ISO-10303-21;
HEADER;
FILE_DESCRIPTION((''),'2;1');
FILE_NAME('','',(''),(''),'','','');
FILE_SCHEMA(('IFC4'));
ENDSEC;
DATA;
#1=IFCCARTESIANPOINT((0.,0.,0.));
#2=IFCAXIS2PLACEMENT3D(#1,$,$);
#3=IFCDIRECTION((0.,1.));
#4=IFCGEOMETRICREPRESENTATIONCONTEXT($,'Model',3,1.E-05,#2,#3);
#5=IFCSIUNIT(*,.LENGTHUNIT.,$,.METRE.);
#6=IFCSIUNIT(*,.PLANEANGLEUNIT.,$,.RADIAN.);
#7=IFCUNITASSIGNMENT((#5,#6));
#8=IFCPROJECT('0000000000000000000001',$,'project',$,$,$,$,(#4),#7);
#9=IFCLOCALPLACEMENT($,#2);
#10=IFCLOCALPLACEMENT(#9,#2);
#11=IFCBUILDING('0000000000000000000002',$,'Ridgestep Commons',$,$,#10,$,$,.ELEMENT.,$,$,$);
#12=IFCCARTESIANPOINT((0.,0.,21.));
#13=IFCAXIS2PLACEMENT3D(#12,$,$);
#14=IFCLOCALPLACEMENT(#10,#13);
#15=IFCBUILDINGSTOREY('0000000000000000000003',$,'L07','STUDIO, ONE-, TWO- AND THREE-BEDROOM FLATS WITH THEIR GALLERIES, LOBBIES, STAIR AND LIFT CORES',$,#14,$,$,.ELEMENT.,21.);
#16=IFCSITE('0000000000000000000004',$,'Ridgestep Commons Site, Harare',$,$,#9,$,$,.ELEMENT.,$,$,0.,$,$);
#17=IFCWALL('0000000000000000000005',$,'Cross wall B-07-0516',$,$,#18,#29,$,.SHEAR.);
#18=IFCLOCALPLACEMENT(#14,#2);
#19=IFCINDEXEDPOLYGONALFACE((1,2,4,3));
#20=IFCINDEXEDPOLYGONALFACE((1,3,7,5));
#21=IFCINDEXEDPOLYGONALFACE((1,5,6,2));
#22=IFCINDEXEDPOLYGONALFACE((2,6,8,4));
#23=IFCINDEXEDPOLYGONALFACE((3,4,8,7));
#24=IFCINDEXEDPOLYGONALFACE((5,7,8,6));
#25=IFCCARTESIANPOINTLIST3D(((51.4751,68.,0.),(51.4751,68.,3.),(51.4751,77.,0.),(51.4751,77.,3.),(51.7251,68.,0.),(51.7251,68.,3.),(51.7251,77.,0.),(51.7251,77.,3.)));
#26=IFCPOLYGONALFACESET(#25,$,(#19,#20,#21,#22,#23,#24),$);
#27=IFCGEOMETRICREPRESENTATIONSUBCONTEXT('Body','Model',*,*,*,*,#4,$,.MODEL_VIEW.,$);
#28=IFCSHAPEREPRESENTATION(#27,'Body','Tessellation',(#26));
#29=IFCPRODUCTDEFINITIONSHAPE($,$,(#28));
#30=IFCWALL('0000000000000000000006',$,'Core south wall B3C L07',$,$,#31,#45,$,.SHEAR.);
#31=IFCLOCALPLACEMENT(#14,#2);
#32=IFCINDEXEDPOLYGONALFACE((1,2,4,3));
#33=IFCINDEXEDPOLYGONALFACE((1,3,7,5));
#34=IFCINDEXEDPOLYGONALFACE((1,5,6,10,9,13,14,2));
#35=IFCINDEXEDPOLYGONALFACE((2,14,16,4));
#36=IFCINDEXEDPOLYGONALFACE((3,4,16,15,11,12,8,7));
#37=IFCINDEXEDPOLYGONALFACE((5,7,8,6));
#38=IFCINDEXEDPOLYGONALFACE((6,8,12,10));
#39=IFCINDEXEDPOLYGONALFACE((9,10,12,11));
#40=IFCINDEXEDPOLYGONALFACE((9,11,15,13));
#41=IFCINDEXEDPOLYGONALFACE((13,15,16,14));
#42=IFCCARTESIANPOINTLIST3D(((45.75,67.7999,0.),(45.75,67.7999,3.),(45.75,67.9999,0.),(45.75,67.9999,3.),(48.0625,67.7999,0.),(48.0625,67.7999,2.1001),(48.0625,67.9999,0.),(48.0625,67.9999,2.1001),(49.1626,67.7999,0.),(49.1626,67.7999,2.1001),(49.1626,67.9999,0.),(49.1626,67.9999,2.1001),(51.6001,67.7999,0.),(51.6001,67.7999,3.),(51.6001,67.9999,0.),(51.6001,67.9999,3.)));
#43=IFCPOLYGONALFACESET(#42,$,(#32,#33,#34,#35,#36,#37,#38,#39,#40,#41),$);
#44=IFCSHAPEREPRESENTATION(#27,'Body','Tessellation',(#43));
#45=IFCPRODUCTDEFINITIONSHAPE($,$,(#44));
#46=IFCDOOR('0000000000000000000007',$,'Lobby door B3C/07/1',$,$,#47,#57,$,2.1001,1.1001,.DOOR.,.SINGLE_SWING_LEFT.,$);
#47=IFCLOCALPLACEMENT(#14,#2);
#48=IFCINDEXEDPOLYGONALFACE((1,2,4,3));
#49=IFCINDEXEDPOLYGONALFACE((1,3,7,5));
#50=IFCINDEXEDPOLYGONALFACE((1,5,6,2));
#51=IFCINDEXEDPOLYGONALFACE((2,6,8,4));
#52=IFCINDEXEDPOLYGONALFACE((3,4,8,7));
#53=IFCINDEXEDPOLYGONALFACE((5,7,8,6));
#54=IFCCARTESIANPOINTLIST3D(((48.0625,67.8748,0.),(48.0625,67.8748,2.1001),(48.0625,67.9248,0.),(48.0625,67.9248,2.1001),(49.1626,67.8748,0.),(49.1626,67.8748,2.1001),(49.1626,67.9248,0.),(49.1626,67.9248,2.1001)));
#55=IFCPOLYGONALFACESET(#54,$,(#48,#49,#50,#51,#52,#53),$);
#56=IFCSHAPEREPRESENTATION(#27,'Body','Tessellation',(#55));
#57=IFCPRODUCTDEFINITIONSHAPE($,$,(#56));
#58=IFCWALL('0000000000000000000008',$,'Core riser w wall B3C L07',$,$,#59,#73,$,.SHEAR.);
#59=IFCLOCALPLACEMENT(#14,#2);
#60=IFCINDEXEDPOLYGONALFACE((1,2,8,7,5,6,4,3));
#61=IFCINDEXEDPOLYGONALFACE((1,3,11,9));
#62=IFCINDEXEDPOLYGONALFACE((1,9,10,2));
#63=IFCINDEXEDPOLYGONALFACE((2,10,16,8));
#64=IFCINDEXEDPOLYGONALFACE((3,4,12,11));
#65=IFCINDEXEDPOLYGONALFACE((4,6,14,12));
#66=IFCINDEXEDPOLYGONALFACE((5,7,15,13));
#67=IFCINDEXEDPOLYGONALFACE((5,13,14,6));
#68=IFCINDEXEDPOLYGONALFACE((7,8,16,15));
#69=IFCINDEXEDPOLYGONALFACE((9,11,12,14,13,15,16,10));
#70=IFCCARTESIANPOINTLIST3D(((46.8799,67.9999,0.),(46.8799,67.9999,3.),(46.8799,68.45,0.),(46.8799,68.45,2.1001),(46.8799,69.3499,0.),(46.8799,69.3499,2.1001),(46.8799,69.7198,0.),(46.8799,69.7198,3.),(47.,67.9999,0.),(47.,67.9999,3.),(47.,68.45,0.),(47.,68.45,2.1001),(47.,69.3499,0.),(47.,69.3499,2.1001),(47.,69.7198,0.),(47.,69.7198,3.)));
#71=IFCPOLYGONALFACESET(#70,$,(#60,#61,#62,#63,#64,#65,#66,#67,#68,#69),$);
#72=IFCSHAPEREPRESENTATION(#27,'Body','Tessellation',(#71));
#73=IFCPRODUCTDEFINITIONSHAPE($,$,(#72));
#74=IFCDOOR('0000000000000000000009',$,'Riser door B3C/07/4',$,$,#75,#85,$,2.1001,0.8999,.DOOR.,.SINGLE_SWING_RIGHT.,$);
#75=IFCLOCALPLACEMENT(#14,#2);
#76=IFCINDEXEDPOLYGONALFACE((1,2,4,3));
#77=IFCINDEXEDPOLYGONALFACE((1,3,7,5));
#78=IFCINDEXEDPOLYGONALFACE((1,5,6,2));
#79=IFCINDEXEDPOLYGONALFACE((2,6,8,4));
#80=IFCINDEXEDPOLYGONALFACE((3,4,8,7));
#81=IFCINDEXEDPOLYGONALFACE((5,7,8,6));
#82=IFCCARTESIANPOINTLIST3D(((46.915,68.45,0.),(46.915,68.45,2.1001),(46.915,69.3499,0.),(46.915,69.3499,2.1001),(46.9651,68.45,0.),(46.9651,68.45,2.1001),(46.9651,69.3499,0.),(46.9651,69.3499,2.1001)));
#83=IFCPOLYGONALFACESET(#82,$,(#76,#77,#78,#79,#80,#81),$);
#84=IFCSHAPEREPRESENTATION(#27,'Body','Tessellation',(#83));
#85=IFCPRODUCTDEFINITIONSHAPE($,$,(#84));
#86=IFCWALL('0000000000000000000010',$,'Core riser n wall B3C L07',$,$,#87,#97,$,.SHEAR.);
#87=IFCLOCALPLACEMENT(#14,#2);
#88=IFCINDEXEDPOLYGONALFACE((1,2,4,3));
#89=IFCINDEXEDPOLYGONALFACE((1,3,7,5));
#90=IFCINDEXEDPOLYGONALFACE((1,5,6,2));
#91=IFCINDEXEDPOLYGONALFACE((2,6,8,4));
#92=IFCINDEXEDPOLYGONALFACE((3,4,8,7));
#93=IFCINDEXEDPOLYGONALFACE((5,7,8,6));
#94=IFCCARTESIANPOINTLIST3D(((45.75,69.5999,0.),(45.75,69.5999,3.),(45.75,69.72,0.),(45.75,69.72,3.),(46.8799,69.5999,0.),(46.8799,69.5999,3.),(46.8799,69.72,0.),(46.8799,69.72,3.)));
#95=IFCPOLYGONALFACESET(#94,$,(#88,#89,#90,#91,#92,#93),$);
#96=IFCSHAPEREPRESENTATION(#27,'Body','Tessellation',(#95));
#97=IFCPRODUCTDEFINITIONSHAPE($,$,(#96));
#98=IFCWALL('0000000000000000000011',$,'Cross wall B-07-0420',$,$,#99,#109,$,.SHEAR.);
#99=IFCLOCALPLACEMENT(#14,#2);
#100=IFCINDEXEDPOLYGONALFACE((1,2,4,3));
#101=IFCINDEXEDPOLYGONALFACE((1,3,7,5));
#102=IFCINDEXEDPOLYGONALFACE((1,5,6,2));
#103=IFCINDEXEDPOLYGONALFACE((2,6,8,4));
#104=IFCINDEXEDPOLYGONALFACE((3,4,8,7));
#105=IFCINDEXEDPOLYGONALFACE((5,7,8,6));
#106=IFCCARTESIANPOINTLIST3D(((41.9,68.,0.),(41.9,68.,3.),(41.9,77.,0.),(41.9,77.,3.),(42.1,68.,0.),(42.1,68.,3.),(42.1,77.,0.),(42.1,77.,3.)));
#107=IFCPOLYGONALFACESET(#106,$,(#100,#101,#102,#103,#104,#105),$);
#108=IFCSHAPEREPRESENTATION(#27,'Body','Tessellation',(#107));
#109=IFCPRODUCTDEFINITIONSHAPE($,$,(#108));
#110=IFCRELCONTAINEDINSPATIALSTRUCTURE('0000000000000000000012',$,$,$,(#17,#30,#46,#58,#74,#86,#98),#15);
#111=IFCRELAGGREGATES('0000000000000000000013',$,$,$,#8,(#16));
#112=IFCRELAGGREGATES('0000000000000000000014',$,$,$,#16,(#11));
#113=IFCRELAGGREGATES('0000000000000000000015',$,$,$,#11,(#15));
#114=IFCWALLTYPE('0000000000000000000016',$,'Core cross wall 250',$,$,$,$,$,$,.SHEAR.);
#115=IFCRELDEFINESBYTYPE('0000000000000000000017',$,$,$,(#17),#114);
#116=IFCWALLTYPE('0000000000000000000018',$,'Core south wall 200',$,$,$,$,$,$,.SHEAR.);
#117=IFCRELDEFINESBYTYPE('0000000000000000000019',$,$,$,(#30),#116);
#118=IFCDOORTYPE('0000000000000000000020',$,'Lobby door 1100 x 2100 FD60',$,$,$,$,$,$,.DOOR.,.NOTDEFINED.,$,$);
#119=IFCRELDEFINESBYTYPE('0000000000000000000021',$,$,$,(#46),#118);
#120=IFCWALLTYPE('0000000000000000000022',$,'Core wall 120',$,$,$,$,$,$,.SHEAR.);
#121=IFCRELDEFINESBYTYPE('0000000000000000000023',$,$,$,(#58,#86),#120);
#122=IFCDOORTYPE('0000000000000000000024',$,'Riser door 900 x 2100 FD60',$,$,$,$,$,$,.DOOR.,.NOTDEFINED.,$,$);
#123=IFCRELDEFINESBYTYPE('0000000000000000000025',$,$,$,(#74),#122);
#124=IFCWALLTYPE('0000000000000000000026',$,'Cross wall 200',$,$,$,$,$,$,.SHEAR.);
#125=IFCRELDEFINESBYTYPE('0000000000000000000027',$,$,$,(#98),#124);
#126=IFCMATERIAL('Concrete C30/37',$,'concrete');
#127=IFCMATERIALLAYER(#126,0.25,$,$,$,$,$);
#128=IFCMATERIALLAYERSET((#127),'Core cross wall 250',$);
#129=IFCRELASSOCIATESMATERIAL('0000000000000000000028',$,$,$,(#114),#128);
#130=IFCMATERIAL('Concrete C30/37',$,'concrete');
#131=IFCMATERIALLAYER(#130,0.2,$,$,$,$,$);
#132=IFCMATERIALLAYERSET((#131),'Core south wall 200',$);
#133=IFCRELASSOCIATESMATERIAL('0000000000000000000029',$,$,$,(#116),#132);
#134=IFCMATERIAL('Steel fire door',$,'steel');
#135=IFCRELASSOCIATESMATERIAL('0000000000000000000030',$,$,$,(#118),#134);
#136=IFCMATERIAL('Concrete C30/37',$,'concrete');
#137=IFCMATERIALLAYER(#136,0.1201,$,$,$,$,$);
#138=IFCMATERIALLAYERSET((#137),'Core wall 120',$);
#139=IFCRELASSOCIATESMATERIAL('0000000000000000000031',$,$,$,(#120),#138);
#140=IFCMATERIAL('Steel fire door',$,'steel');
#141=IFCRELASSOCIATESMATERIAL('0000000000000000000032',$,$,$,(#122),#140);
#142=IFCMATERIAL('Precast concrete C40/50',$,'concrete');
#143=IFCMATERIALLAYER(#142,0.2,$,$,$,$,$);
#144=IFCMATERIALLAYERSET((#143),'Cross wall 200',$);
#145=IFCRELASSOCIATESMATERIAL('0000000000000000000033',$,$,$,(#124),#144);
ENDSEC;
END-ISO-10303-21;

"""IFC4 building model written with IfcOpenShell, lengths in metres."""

from ifc_helpers import new_model, si_unit, direction, frame, frame_2d, origin, place, context, subcontext, project, spatial, rectangle, extrude, material, layer, layer_set, type_object, element, fill, save


model = new_model("IFC4")

# Units and contexts
model_context = context("Model", 3, precision=1e-05, world=origin(), true_north=direction((0.0, 1.0)))
body_context = subcontext(model_context, "Body", "Model", "MODEL_VIEW")
ifc_project = project(units=[si_unit("LENGTHUNIT", "METRE"), si_unit("PLANEANGLEUNIT", "RADIAN")], contexts=[model_context])

# Site, building, storey
site_placement = place(None, origin())
site = spatial("IfcSite", under=ifc_project, at=site_placement, Name="Ridgestep Commons Site, Harare", CompositionType="ELEMENT", RefElevation=0.0)
building_placement = place(site_placement, origin())
building = spatial("IfcBuilding", under=site, at=building_placement, Name="Ridgestep Commons", CompositionType="ELEMENT")
storey_placement = place(building_placement, frame((0.0, 0.0, 21.0)))
storey = spatial("IfcBuildingStorey", under=building, at=storey_placement, Name="L07", Description="STUDIO, ONE-, TWO- AND THREE-BEDROOM FLATS WITH THEIR GALLERIES, LOBBIES, STAIR AND LIFT CORES", CompositionType="ELEMENT", Elevation=21.0)

# Wall
ifc_material_1 = material(Name="Concrete C30/37", Category="concrete")
ifc_layer_1 = layer(ifc_material_1, 0.25)
ifc_layer_set_1 = layer_set([ifc_layer_1], Name="Core cross wall 250")
wall_type_1 = type_object("IfcWallType", Name="Core cross wall 250", PredefinedType="SHEAR", material=ifc_layer_set_1)
wall_1_placement = place(storey_placement, frame((51.6001, 68.0, 0.0), z_axis=(0.0, 0.0, 1.0), x_axis=(0.0, 1.0, 0.0)))
element("IfcWall", 1, at=wall_1_placement, inside=storey, type_object=wall_type_1, Name="Cross wall B-07-0516", PredefinedType="SHEAR", context=body_context, shape_type="SweptSolid", body=[
    extrude(rectangle(XDim=9.0, YDim=0.25, at=frame_2d((4.5, 0.0))), origin(), (0.0, 0.0, 1.0), 3.0),
])

# Walls, openings, doors
ifc_material_2 = material(Name="Concrete C30/37", Category="concrete")
ifc_layer_2 = layer(ifc_material_2, 0.2)
ifc_layer_set_2 = layer_set([ifc_layer_2], Name="Core south wall 200")
wall_type_2 = type_object("IfcWallType", Name="Core south wall 200", PredefinedType="SHEAR", material=ifc_layer_set_2)
wall_2_placement = place(storey_placement, frame((45.75, 67.8999, 0.0), z_axis=(0.0, 0.0, 1.0), x_axis=(1.0, 0.0, 0.0)))
wall_2 = element("IfcWall", 2, at=wall_2_placement, inside=storey, type_object=wall_type_2, Name="Core south wall B3C L07", PredefinedType="SHEAR", context=body_context, shape_type="SweptSolid", body=[
    extrude(rectangle(XDim=5.8501, YDim=0.2, at=frame_2d((2.925, 0.0))), origin(), (0.0, 0.0, 1.0), 3.0),
])
opening_1_placement = place(wall_2_placement, frame((2.3125, 0.0, 0.0)))
opening_1 = element("IfcOpeningElement", 3, at=opening_1_placement, cuts=wall_2, PredefinedType="OPENING", context=body_context, shape_type="SweptSolid", body=[
    extrude(rectangle(XDim=1.1001, YDim=2.1001, at=frame_2d((0.55, 1.05))), frame((0.0, 0.1099, 0.0), z_axis=(0.0, -1.0, 0.0), x_axis=(1.0, 0.0, 0.0)), (0.0, 0.0, 1.0), 0.22),
])
ifc_material_3 = material(Name="Steel fire door", Category="steel")
door_type_1 = type_object("IfcDoorType", Name="Lobby door 1100 x 2100 FD60", OperationType="NOTDEFINED", PredefinedType="DOOR", material=ifc_material_3)
door_1_placement = place(opening_1_placement, origin())
door_1 = element("IfcDoor", 4, at=door_1_placement, inside=storey, type_object=door_type_1, Name="Lobby door B3C/07/1", OperationType="SINGLE_SWING_LEFT", OverallHeight=2.1001, OverallWidth=1.1001, PredefinedType="DOOR", context=body_context, shape_type="SweptSolid", body=[
    extrude(rectangle(XDim=1.1001, YDim=2.1001, at=frame_2d((0.55, 1.05))), frame((0.0, 0.0249, 0.0), z_axis=(0.0, -1.0, 0.0), x_axis=(1.0, 0.0, 0.0)), (0.0, 0.0, 1.0), 0.05),
])
fill(opening_1, door_1)
ifc_material_4 = material(Name="Concrete C30/37", Category="concrete")
ifc_layer_3 = layer(ifc_material_4, 0.1201)
ifc_layer_set_3 = layer_set([ifc_layer_3], Name="Core wall 120")
wall_type_3 = type_object("IfcWallType", Name="Core wall 120", PredefinedType="SHEAR", material=ifc_layer_set_3)
wall_3_placement = place(storey_placement, frame((46.9399, 68.0, 0.0), z_axis=(0.0, 0.0, 1.0), x_axis=(0.0, 1.0, 0.0)))
wall_3 = element("IfcWall", 5, at=wall_3_placement, inside=storey, type_object=wall_type_3, Name="Core riser w wall B3C L07", PredefinedType="SHEAR", context=body_context, shape_type="SweptSolid", body=[
    extrude(rectangle(XDim=1.72, YDim=0.1201, at=frame_2d((0.8599, 0.0))), origin(), (0.0, 0.0, 1.0), 3.0),
])
opening_2_placement = place(wall_3_placement, frame((0.45, 0.0, 0.0)))
opening_2 = element("IfcOpeningElement", 6, at=opening_2_placement, cuts=wall_3, PredefinedType="OPENING", context=body_context, shape_type="SweptSolid", body=[
    extrude(rectangle(XDim=0.8999, YDim=2.1001, at=frame_2d((0.45, 1.05))), frame((0.0, 0.0701, 0.0), z_axis=(0.0, -1.0, 0.0), x_axis=(1.0, 0.0, 0.0)), (0.0, 0.0, 1.0), 0.1401),
])
ifc_material_5 = material(Name="Steel fire door", Category="steel")
door_type_2 = type_object("IfcDoorType", Name="Riser door 900 x 2100 FD60", OperationType="NOTDEFINED", PredefinedType="DOOR", material=ifc_material_5)
door_2_placement = place(opening_2_placement, origin())
door_2 = element("IfcDoor", 7, at=door_2_placement, inside=storey, type_object=door_type_2, Name="Riser door B3C/07/4", OperationType="SINGLE_SWING_RIGHT", OverallHeight=2.1001, OverallWidth=0.8999, PredefinedType="DOOR", context=body_context, shape_type="SweptSolid", body=[
    extrude(rectangle(XDim=0.8999, YDim=2.1001, at=frame_2d((0.45, 1.05))), frame((0.0, 0.0249, 0.0), z_axis=(0.0, -1.0, 0.0), x_axis=(1.0, 0.0, 0.0)), (0.0, 0.0, 1.0), 0.05),
])
fill(opening_2, door_2)

# Walls
wall_4_placement = place(storey_placement, frame((45.75, 69.6599, 0.0), z_axis=(0.0, 0.0, 1.0), x_axis=(1.0, 0.0, 0.0)))
element("IfcWall", 8, at=wall_4_placement, inside=storey, type_object=wall_type_3, Name="Core riser n wall B3C L07", PredefinedType="SHEAR", context=body_context, shape_type="SweptSolid", body=[
    extrude(rectangle(XDim=1.1299, YDim=0.1201, at=frame_2d((0.5649, 0.0))), origin(), (0.0, 0.0, 1.0), 3.0),
])
ifc_material_6 = material(Name="Precast concrete C40/50", Category="concrete")
ifc_layer_4 = layer(ifc_material_6, 0.2)
ifc_layer_set_4 = layer_set([ifc_layer_4], Name="Cross wall 200")
wall_type_4 = type_object("IfcWallType", Name="Cross wall 200", PredefinedType="SHEAR", material=ifc_layer_set_4)
wall_5_placement = place(storey_placement, frame((42.0, 68.0, 0.0), z_axis=(0.0, 0.0, 1.0), x_axis=(0.0, 1.0, 0.0)))
element("IfcWall", 9, at=wall_5_placement, inside=storey, type_object=wall_type_4, Name="Cross wall B-07-0420", PredefinedType="SHEAR", context=body_context, shape_type="SweptSolid", body=[
    extrude(rectangle(XDim=9.0, YDim=0.2, at=frame_2d((4.5, 0.0))), origin(), (0.0, 0.0, 1.0), 3.0),
])

save(model, "model.ifc")
